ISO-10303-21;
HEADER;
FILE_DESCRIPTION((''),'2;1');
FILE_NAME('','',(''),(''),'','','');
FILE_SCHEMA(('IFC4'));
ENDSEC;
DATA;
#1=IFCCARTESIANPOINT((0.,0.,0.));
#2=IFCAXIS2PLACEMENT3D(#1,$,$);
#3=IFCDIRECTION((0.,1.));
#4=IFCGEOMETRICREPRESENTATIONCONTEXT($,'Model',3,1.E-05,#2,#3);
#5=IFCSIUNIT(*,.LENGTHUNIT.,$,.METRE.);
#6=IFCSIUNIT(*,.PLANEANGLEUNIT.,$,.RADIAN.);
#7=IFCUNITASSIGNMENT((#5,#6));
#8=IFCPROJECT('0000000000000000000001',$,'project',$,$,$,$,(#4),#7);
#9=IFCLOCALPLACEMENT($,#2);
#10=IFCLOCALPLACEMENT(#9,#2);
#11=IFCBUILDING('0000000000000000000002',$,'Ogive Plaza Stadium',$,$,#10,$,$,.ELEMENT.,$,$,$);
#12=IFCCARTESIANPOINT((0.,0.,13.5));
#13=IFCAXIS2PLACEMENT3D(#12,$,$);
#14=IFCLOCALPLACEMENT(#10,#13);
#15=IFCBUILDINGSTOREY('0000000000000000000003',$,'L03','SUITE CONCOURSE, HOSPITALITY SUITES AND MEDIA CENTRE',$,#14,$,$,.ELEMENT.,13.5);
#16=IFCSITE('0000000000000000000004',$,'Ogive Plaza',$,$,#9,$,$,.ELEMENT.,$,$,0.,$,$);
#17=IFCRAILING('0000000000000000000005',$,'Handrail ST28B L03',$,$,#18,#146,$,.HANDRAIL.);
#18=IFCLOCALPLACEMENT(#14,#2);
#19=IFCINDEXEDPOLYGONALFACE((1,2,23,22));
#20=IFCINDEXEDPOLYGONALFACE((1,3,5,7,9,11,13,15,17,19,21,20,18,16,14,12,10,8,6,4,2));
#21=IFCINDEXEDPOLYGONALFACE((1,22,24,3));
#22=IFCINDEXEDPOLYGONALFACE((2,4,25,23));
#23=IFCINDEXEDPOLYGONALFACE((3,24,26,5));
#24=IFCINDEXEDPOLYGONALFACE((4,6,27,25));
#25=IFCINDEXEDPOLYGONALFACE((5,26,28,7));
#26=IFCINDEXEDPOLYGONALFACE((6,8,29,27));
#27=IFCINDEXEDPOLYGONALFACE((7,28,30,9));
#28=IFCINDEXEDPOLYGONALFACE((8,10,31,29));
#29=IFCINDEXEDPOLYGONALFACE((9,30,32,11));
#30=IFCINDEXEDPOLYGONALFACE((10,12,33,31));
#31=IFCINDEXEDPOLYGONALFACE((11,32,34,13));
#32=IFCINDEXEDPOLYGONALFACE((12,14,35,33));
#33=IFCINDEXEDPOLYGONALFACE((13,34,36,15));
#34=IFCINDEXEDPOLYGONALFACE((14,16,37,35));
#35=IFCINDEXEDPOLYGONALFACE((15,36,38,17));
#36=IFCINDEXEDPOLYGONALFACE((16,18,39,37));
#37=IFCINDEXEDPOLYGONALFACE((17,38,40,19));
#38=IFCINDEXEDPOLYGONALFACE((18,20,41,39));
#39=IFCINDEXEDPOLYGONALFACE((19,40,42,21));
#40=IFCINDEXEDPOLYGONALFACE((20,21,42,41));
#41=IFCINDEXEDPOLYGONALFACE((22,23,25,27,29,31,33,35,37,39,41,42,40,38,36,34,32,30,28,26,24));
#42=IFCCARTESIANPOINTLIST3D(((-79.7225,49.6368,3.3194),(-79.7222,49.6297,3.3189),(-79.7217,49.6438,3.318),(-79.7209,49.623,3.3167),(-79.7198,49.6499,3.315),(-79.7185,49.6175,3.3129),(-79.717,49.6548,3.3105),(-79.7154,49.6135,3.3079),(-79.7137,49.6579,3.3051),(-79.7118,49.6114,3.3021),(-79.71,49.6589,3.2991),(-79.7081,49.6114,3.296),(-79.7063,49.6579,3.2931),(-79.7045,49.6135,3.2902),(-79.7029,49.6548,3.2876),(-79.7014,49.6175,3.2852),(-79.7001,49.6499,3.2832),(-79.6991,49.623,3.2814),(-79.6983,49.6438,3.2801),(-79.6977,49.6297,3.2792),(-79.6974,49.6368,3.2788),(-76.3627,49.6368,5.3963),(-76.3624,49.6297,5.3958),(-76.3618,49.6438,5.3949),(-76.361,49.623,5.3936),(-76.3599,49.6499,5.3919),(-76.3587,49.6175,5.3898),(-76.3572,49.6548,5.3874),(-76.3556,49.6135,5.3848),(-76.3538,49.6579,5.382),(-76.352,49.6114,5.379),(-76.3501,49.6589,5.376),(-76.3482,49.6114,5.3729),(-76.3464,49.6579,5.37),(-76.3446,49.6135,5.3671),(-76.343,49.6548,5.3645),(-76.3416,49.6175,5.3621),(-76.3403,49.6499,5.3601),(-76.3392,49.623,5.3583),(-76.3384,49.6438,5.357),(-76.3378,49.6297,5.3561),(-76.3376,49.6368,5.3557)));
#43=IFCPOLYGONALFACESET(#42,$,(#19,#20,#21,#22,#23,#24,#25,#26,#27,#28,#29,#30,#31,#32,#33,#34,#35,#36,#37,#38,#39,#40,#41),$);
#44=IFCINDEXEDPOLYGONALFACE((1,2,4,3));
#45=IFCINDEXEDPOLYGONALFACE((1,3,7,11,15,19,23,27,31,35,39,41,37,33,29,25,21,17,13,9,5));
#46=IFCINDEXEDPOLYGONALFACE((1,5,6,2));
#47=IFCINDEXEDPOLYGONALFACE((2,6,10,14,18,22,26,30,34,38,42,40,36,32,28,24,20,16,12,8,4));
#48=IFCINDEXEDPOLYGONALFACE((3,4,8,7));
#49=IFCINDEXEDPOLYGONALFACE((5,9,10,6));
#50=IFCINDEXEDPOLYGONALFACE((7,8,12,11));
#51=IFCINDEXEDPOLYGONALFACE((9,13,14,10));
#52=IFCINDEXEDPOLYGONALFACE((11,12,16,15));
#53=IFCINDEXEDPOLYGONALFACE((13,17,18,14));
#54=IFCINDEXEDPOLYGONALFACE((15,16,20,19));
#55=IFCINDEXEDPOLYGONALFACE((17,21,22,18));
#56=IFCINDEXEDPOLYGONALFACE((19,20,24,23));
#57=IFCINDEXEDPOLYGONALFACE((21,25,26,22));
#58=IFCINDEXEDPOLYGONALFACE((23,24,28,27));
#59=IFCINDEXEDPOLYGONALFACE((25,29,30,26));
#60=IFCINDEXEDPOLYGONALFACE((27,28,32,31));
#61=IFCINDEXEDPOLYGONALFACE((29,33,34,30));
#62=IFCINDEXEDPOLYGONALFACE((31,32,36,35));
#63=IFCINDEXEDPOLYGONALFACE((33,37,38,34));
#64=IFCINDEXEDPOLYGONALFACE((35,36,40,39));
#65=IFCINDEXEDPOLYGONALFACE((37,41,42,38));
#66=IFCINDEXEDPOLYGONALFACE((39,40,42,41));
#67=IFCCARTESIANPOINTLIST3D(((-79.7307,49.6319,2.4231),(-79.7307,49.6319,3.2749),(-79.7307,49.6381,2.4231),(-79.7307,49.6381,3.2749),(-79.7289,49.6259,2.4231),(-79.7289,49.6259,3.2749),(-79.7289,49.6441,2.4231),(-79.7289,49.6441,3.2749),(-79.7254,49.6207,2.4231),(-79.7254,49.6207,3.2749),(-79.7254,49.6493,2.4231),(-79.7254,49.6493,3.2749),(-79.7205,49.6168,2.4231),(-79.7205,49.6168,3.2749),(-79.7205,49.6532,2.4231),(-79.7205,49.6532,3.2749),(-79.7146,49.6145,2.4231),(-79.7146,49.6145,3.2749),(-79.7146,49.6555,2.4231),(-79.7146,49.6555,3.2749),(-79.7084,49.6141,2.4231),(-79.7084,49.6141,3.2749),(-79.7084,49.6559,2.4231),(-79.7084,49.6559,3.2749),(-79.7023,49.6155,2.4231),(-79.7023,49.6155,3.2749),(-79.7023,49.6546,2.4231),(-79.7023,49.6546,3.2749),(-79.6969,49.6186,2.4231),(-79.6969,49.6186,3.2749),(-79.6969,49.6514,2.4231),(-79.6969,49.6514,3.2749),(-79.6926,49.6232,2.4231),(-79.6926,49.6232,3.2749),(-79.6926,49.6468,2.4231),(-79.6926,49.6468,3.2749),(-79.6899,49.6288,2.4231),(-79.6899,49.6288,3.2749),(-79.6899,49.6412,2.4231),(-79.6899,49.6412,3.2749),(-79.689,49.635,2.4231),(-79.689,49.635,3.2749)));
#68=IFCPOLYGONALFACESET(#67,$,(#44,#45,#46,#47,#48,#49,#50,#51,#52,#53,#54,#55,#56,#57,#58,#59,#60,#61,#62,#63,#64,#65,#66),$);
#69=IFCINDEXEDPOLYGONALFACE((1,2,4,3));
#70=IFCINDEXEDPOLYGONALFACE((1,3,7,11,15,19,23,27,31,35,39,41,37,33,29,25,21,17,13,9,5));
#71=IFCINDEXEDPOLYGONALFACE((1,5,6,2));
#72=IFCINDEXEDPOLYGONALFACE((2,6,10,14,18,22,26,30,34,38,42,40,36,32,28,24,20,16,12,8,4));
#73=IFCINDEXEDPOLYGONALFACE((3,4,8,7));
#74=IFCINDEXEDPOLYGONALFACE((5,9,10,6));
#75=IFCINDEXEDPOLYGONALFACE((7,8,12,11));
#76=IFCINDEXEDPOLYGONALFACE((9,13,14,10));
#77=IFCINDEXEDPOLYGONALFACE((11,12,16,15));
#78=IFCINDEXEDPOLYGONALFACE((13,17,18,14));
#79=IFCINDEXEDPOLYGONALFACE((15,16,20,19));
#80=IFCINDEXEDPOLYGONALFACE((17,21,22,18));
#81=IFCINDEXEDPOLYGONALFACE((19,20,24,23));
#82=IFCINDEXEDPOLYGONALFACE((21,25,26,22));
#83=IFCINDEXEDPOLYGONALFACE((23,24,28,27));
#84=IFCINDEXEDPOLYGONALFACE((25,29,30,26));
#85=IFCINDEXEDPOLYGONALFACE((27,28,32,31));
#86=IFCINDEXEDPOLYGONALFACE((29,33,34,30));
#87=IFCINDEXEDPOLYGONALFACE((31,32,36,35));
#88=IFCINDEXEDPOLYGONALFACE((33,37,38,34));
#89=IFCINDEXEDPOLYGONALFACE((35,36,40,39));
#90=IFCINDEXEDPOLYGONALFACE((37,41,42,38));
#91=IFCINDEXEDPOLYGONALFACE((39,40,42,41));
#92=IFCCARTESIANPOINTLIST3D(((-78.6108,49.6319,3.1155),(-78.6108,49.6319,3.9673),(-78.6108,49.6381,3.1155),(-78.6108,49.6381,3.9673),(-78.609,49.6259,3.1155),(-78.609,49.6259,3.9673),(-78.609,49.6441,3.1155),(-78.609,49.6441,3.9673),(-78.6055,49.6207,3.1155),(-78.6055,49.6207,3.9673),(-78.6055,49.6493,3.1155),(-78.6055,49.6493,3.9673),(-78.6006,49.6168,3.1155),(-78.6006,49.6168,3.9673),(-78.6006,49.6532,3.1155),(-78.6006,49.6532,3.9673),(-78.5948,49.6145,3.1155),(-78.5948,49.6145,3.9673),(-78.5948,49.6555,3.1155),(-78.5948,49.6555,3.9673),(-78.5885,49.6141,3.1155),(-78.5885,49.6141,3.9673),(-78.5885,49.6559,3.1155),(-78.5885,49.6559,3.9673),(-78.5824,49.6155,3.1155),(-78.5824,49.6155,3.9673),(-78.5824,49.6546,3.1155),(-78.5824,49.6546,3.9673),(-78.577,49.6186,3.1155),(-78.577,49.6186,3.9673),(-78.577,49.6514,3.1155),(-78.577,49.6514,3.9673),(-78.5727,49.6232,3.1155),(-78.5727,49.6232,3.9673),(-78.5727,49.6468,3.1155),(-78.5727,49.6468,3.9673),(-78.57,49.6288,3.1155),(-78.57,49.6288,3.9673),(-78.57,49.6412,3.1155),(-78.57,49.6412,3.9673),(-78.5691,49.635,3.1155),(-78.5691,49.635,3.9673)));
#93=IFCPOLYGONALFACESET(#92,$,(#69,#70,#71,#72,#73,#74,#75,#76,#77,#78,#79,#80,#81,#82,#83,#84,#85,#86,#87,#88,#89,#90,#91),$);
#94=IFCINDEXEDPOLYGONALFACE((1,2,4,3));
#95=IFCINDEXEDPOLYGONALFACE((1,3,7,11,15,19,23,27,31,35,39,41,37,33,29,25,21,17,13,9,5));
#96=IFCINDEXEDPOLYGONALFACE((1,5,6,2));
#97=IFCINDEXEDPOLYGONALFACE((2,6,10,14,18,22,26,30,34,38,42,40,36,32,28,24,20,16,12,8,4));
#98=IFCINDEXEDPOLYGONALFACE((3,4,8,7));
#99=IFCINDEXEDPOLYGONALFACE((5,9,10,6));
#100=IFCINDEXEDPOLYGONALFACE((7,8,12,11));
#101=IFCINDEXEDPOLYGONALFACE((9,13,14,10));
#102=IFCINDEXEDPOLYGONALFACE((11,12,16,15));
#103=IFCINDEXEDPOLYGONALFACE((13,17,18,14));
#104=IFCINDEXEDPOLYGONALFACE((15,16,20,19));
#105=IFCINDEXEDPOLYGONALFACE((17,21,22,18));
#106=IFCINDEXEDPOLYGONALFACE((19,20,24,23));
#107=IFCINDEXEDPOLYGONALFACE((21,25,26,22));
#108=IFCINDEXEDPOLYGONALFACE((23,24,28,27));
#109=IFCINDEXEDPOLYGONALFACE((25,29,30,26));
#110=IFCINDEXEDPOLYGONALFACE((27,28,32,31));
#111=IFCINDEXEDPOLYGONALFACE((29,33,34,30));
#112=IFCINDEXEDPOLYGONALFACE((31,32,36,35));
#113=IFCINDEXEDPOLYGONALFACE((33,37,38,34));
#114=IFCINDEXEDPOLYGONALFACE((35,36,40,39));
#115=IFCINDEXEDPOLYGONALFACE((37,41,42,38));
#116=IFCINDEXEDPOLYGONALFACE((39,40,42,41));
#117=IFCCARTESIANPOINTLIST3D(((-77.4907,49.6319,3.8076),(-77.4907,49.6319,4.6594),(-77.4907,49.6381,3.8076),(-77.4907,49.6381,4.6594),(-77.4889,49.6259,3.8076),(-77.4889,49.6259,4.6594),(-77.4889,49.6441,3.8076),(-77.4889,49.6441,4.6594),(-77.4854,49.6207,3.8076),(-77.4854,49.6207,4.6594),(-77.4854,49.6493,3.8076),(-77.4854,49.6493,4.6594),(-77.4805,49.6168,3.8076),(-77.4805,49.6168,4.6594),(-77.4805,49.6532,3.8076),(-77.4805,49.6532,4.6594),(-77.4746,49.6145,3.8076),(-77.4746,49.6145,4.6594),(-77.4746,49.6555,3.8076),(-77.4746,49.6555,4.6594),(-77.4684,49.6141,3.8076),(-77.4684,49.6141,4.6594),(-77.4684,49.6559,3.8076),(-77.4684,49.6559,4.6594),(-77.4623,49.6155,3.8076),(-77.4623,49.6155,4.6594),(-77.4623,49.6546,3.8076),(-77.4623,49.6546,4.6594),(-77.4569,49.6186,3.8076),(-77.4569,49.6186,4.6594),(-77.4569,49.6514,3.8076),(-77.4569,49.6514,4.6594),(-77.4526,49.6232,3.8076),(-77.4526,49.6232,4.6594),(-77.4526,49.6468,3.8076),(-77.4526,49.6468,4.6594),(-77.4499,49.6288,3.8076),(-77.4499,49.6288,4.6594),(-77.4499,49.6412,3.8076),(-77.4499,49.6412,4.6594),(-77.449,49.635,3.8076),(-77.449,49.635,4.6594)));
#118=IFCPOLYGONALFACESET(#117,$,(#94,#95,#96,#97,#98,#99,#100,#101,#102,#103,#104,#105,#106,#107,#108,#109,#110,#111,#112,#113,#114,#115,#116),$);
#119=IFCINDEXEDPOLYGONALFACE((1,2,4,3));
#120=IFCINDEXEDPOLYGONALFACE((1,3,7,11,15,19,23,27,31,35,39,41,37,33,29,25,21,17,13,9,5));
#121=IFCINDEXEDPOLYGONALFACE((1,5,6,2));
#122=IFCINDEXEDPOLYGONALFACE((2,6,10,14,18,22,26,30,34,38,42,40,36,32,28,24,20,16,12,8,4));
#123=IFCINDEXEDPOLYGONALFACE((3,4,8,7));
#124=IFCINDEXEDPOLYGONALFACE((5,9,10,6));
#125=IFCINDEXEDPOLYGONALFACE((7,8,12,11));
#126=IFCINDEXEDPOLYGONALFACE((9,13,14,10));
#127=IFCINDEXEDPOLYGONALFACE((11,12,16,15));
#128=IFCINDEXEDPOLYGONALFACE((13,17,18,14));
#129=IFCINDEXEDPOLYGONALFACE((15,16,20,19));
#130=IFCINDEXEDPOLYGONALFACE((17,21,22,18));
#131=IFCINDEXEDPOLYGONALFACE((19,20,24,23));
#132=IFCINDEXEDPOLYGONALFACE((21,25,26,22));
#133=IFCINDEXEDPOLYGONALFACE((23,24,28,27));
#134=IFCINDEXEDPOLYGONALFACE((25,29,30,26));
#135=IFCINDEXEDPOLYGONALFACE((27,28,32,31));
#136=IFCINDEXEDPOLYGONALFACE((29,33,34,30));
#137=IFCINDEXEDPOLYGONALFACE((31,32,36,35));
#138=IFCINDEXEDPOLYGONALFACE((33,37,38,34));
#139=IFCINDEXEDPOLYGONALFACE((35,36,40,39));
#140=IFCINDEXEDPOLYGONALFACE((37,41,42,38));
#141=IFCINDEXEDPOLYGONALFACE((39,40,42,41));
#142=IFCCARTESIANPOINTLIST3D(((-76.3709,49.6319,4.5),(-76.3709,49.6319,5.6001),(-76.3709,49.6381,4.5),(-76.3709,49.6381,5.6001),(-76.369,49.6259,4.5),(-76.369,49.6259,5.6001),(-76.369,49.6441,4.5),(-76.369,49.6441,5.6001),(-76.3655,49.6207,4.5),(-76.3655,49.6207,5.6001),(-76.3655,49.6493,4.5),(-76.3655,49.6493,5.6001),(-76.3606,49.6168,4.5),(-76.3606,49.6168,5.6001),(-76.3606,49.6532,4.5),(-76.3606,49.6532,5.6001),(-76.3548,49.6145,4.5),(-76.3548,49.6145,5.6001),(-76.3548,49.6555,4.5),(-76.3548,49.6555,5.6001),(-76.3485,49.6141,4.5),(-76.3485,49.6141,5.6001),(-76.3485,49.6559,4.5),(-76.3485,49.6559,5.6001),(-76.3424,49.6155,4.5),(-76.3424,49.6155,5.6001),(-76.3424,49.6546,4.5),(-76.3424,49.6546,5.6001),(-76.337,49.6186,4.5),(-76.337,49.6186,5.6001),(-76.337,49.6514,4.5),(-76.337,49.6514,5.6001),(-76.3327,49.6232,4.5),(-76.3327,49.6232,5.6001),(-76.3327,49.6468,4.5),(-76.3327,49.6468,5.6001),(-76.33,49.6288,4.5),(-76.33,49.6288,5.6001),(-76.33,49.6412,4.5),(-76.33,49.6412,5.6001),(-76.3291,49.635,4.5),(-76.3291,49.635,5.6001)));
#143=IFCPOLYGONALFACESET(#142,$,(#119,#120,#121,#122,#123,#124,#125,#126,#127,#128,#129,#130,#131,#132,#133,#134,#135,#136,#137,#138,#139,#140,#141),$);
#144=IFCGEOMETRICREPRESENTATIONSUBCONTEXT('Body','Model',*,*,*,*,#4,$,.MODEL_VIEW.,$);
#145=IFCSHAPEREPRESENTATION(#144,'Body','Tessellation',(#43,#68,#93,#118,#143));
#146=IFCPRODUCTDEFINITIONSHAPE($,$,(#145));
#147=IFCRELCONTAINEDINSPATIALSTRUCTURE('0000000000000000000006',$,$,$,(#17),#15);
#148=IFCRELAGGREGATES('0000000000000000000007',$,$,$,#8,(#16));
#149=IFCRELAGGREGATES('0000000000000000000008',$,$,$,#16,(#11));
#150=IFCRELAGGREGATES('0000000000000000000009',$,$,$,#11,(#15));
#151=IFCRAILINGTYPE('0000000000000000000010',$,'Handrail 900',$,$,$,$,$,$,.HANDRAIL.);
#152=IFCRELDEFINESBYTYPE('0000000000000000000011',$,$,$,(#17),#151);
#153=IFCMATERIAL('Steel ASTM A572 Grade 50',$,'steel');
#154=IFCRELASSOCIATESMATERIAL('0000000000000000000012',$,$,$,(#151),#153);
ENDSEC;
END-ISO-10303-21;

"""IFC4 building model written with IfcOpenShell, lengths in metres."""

from ifc_helpers import new_model, si_unit, direction, frame, origin, origin_2d, place, context, subcontext, project, spatial, circle, extrude, material, type_object, element, save


model = new_model("IFC4")

# Units and contexts
model_context = context("Model", 3, precision=1e-05, world=origin(), true_north=direction((0.0, 1.0)))
body_context = subcontext(model_context, "Body", "Model", "MODEL_VIEW")
ifc_project = project(units=[si_unit("LENGTHUNIT", "METRE"), si_unit("PLANEANGLEUNIT", "RADIAN")], contexts=[model_context])

# Site, building, storey
site_placement = place(None, origin())
site = spatial("IfcSite", under=ifc_project, at=site_placement, Name="Ogive Plaza", CompositionType="ELEMENT", RefElevation=0.0)
building_placement = place(site_placement, origin())
building = spatial("IfcBuilding", under=site, at=building_placement, Name="Ogive Plaza Stadium", CompositionType="ELEMENT")
storey_placement = place(building_placement, frame((0.0, 0.0, 13.5)))
storey = spatial("IfcBuildingStorey", under=building, at=storey_placement, Name="L03", Description="SUITE CONCOURSE, HOSPITALITY SUITES AND MEDIA CENTRE", CompositionType="ELEMENT", Elevation=13.5)

# Railing
ifc_material_1 = material(Name="Steel ASTM A572 Grade 50", Category="steel")
railing_type_1 = type_object("IfcRailingType", Name="Handrail 900", PredefinedType="HANDRAIL", material=ifc_material_1)
for number, where, name in (
    (1, (-79.71, 49.635, 2.4231), "Handrail ST28B L03"),
):
    element("IfcRailing", number, at=place(storey_placement, frame(where)), inside=storey, type_object=railing_type_1, Name=name, PredefinedType="HANDRAIL", context=body_context, shape_type="SweptSolid", body=[
        extrude(circle(Radius=0.0239, at=origin_2d()), frame((0.0, 0.0, 0.876), z_axis=(0.850606, 0.0, 0.525803), x_axis=(0.0, 1.0, 0.0)), (0.0, 0.0, 1.0), 3.95),
        extrude(circle(Radius=0.021, at=origin_2d()), origin(), (0.0, 0.0, 1.0), 0.8518),
        extrude(circle(Radius=0.021, at=origin_2d()), frame((1.1199, 0.0, 0.6924)), (0.0, 0.0, 1.0), 0.8518),
        extrude(circle(Radius=0.021, at=origin_2d()), frame((2.24, 0.0, 1.3845)), (0.0, 0.0, 1.0), 0.8518),
        extrude(circle(Radius=0.021, at=origin_2d()), frame((3.3599, 0.0, 2.0769)), (0.0, 0.0, 1.0), 1.1001),
    ])

save(model, "model.ifc")
